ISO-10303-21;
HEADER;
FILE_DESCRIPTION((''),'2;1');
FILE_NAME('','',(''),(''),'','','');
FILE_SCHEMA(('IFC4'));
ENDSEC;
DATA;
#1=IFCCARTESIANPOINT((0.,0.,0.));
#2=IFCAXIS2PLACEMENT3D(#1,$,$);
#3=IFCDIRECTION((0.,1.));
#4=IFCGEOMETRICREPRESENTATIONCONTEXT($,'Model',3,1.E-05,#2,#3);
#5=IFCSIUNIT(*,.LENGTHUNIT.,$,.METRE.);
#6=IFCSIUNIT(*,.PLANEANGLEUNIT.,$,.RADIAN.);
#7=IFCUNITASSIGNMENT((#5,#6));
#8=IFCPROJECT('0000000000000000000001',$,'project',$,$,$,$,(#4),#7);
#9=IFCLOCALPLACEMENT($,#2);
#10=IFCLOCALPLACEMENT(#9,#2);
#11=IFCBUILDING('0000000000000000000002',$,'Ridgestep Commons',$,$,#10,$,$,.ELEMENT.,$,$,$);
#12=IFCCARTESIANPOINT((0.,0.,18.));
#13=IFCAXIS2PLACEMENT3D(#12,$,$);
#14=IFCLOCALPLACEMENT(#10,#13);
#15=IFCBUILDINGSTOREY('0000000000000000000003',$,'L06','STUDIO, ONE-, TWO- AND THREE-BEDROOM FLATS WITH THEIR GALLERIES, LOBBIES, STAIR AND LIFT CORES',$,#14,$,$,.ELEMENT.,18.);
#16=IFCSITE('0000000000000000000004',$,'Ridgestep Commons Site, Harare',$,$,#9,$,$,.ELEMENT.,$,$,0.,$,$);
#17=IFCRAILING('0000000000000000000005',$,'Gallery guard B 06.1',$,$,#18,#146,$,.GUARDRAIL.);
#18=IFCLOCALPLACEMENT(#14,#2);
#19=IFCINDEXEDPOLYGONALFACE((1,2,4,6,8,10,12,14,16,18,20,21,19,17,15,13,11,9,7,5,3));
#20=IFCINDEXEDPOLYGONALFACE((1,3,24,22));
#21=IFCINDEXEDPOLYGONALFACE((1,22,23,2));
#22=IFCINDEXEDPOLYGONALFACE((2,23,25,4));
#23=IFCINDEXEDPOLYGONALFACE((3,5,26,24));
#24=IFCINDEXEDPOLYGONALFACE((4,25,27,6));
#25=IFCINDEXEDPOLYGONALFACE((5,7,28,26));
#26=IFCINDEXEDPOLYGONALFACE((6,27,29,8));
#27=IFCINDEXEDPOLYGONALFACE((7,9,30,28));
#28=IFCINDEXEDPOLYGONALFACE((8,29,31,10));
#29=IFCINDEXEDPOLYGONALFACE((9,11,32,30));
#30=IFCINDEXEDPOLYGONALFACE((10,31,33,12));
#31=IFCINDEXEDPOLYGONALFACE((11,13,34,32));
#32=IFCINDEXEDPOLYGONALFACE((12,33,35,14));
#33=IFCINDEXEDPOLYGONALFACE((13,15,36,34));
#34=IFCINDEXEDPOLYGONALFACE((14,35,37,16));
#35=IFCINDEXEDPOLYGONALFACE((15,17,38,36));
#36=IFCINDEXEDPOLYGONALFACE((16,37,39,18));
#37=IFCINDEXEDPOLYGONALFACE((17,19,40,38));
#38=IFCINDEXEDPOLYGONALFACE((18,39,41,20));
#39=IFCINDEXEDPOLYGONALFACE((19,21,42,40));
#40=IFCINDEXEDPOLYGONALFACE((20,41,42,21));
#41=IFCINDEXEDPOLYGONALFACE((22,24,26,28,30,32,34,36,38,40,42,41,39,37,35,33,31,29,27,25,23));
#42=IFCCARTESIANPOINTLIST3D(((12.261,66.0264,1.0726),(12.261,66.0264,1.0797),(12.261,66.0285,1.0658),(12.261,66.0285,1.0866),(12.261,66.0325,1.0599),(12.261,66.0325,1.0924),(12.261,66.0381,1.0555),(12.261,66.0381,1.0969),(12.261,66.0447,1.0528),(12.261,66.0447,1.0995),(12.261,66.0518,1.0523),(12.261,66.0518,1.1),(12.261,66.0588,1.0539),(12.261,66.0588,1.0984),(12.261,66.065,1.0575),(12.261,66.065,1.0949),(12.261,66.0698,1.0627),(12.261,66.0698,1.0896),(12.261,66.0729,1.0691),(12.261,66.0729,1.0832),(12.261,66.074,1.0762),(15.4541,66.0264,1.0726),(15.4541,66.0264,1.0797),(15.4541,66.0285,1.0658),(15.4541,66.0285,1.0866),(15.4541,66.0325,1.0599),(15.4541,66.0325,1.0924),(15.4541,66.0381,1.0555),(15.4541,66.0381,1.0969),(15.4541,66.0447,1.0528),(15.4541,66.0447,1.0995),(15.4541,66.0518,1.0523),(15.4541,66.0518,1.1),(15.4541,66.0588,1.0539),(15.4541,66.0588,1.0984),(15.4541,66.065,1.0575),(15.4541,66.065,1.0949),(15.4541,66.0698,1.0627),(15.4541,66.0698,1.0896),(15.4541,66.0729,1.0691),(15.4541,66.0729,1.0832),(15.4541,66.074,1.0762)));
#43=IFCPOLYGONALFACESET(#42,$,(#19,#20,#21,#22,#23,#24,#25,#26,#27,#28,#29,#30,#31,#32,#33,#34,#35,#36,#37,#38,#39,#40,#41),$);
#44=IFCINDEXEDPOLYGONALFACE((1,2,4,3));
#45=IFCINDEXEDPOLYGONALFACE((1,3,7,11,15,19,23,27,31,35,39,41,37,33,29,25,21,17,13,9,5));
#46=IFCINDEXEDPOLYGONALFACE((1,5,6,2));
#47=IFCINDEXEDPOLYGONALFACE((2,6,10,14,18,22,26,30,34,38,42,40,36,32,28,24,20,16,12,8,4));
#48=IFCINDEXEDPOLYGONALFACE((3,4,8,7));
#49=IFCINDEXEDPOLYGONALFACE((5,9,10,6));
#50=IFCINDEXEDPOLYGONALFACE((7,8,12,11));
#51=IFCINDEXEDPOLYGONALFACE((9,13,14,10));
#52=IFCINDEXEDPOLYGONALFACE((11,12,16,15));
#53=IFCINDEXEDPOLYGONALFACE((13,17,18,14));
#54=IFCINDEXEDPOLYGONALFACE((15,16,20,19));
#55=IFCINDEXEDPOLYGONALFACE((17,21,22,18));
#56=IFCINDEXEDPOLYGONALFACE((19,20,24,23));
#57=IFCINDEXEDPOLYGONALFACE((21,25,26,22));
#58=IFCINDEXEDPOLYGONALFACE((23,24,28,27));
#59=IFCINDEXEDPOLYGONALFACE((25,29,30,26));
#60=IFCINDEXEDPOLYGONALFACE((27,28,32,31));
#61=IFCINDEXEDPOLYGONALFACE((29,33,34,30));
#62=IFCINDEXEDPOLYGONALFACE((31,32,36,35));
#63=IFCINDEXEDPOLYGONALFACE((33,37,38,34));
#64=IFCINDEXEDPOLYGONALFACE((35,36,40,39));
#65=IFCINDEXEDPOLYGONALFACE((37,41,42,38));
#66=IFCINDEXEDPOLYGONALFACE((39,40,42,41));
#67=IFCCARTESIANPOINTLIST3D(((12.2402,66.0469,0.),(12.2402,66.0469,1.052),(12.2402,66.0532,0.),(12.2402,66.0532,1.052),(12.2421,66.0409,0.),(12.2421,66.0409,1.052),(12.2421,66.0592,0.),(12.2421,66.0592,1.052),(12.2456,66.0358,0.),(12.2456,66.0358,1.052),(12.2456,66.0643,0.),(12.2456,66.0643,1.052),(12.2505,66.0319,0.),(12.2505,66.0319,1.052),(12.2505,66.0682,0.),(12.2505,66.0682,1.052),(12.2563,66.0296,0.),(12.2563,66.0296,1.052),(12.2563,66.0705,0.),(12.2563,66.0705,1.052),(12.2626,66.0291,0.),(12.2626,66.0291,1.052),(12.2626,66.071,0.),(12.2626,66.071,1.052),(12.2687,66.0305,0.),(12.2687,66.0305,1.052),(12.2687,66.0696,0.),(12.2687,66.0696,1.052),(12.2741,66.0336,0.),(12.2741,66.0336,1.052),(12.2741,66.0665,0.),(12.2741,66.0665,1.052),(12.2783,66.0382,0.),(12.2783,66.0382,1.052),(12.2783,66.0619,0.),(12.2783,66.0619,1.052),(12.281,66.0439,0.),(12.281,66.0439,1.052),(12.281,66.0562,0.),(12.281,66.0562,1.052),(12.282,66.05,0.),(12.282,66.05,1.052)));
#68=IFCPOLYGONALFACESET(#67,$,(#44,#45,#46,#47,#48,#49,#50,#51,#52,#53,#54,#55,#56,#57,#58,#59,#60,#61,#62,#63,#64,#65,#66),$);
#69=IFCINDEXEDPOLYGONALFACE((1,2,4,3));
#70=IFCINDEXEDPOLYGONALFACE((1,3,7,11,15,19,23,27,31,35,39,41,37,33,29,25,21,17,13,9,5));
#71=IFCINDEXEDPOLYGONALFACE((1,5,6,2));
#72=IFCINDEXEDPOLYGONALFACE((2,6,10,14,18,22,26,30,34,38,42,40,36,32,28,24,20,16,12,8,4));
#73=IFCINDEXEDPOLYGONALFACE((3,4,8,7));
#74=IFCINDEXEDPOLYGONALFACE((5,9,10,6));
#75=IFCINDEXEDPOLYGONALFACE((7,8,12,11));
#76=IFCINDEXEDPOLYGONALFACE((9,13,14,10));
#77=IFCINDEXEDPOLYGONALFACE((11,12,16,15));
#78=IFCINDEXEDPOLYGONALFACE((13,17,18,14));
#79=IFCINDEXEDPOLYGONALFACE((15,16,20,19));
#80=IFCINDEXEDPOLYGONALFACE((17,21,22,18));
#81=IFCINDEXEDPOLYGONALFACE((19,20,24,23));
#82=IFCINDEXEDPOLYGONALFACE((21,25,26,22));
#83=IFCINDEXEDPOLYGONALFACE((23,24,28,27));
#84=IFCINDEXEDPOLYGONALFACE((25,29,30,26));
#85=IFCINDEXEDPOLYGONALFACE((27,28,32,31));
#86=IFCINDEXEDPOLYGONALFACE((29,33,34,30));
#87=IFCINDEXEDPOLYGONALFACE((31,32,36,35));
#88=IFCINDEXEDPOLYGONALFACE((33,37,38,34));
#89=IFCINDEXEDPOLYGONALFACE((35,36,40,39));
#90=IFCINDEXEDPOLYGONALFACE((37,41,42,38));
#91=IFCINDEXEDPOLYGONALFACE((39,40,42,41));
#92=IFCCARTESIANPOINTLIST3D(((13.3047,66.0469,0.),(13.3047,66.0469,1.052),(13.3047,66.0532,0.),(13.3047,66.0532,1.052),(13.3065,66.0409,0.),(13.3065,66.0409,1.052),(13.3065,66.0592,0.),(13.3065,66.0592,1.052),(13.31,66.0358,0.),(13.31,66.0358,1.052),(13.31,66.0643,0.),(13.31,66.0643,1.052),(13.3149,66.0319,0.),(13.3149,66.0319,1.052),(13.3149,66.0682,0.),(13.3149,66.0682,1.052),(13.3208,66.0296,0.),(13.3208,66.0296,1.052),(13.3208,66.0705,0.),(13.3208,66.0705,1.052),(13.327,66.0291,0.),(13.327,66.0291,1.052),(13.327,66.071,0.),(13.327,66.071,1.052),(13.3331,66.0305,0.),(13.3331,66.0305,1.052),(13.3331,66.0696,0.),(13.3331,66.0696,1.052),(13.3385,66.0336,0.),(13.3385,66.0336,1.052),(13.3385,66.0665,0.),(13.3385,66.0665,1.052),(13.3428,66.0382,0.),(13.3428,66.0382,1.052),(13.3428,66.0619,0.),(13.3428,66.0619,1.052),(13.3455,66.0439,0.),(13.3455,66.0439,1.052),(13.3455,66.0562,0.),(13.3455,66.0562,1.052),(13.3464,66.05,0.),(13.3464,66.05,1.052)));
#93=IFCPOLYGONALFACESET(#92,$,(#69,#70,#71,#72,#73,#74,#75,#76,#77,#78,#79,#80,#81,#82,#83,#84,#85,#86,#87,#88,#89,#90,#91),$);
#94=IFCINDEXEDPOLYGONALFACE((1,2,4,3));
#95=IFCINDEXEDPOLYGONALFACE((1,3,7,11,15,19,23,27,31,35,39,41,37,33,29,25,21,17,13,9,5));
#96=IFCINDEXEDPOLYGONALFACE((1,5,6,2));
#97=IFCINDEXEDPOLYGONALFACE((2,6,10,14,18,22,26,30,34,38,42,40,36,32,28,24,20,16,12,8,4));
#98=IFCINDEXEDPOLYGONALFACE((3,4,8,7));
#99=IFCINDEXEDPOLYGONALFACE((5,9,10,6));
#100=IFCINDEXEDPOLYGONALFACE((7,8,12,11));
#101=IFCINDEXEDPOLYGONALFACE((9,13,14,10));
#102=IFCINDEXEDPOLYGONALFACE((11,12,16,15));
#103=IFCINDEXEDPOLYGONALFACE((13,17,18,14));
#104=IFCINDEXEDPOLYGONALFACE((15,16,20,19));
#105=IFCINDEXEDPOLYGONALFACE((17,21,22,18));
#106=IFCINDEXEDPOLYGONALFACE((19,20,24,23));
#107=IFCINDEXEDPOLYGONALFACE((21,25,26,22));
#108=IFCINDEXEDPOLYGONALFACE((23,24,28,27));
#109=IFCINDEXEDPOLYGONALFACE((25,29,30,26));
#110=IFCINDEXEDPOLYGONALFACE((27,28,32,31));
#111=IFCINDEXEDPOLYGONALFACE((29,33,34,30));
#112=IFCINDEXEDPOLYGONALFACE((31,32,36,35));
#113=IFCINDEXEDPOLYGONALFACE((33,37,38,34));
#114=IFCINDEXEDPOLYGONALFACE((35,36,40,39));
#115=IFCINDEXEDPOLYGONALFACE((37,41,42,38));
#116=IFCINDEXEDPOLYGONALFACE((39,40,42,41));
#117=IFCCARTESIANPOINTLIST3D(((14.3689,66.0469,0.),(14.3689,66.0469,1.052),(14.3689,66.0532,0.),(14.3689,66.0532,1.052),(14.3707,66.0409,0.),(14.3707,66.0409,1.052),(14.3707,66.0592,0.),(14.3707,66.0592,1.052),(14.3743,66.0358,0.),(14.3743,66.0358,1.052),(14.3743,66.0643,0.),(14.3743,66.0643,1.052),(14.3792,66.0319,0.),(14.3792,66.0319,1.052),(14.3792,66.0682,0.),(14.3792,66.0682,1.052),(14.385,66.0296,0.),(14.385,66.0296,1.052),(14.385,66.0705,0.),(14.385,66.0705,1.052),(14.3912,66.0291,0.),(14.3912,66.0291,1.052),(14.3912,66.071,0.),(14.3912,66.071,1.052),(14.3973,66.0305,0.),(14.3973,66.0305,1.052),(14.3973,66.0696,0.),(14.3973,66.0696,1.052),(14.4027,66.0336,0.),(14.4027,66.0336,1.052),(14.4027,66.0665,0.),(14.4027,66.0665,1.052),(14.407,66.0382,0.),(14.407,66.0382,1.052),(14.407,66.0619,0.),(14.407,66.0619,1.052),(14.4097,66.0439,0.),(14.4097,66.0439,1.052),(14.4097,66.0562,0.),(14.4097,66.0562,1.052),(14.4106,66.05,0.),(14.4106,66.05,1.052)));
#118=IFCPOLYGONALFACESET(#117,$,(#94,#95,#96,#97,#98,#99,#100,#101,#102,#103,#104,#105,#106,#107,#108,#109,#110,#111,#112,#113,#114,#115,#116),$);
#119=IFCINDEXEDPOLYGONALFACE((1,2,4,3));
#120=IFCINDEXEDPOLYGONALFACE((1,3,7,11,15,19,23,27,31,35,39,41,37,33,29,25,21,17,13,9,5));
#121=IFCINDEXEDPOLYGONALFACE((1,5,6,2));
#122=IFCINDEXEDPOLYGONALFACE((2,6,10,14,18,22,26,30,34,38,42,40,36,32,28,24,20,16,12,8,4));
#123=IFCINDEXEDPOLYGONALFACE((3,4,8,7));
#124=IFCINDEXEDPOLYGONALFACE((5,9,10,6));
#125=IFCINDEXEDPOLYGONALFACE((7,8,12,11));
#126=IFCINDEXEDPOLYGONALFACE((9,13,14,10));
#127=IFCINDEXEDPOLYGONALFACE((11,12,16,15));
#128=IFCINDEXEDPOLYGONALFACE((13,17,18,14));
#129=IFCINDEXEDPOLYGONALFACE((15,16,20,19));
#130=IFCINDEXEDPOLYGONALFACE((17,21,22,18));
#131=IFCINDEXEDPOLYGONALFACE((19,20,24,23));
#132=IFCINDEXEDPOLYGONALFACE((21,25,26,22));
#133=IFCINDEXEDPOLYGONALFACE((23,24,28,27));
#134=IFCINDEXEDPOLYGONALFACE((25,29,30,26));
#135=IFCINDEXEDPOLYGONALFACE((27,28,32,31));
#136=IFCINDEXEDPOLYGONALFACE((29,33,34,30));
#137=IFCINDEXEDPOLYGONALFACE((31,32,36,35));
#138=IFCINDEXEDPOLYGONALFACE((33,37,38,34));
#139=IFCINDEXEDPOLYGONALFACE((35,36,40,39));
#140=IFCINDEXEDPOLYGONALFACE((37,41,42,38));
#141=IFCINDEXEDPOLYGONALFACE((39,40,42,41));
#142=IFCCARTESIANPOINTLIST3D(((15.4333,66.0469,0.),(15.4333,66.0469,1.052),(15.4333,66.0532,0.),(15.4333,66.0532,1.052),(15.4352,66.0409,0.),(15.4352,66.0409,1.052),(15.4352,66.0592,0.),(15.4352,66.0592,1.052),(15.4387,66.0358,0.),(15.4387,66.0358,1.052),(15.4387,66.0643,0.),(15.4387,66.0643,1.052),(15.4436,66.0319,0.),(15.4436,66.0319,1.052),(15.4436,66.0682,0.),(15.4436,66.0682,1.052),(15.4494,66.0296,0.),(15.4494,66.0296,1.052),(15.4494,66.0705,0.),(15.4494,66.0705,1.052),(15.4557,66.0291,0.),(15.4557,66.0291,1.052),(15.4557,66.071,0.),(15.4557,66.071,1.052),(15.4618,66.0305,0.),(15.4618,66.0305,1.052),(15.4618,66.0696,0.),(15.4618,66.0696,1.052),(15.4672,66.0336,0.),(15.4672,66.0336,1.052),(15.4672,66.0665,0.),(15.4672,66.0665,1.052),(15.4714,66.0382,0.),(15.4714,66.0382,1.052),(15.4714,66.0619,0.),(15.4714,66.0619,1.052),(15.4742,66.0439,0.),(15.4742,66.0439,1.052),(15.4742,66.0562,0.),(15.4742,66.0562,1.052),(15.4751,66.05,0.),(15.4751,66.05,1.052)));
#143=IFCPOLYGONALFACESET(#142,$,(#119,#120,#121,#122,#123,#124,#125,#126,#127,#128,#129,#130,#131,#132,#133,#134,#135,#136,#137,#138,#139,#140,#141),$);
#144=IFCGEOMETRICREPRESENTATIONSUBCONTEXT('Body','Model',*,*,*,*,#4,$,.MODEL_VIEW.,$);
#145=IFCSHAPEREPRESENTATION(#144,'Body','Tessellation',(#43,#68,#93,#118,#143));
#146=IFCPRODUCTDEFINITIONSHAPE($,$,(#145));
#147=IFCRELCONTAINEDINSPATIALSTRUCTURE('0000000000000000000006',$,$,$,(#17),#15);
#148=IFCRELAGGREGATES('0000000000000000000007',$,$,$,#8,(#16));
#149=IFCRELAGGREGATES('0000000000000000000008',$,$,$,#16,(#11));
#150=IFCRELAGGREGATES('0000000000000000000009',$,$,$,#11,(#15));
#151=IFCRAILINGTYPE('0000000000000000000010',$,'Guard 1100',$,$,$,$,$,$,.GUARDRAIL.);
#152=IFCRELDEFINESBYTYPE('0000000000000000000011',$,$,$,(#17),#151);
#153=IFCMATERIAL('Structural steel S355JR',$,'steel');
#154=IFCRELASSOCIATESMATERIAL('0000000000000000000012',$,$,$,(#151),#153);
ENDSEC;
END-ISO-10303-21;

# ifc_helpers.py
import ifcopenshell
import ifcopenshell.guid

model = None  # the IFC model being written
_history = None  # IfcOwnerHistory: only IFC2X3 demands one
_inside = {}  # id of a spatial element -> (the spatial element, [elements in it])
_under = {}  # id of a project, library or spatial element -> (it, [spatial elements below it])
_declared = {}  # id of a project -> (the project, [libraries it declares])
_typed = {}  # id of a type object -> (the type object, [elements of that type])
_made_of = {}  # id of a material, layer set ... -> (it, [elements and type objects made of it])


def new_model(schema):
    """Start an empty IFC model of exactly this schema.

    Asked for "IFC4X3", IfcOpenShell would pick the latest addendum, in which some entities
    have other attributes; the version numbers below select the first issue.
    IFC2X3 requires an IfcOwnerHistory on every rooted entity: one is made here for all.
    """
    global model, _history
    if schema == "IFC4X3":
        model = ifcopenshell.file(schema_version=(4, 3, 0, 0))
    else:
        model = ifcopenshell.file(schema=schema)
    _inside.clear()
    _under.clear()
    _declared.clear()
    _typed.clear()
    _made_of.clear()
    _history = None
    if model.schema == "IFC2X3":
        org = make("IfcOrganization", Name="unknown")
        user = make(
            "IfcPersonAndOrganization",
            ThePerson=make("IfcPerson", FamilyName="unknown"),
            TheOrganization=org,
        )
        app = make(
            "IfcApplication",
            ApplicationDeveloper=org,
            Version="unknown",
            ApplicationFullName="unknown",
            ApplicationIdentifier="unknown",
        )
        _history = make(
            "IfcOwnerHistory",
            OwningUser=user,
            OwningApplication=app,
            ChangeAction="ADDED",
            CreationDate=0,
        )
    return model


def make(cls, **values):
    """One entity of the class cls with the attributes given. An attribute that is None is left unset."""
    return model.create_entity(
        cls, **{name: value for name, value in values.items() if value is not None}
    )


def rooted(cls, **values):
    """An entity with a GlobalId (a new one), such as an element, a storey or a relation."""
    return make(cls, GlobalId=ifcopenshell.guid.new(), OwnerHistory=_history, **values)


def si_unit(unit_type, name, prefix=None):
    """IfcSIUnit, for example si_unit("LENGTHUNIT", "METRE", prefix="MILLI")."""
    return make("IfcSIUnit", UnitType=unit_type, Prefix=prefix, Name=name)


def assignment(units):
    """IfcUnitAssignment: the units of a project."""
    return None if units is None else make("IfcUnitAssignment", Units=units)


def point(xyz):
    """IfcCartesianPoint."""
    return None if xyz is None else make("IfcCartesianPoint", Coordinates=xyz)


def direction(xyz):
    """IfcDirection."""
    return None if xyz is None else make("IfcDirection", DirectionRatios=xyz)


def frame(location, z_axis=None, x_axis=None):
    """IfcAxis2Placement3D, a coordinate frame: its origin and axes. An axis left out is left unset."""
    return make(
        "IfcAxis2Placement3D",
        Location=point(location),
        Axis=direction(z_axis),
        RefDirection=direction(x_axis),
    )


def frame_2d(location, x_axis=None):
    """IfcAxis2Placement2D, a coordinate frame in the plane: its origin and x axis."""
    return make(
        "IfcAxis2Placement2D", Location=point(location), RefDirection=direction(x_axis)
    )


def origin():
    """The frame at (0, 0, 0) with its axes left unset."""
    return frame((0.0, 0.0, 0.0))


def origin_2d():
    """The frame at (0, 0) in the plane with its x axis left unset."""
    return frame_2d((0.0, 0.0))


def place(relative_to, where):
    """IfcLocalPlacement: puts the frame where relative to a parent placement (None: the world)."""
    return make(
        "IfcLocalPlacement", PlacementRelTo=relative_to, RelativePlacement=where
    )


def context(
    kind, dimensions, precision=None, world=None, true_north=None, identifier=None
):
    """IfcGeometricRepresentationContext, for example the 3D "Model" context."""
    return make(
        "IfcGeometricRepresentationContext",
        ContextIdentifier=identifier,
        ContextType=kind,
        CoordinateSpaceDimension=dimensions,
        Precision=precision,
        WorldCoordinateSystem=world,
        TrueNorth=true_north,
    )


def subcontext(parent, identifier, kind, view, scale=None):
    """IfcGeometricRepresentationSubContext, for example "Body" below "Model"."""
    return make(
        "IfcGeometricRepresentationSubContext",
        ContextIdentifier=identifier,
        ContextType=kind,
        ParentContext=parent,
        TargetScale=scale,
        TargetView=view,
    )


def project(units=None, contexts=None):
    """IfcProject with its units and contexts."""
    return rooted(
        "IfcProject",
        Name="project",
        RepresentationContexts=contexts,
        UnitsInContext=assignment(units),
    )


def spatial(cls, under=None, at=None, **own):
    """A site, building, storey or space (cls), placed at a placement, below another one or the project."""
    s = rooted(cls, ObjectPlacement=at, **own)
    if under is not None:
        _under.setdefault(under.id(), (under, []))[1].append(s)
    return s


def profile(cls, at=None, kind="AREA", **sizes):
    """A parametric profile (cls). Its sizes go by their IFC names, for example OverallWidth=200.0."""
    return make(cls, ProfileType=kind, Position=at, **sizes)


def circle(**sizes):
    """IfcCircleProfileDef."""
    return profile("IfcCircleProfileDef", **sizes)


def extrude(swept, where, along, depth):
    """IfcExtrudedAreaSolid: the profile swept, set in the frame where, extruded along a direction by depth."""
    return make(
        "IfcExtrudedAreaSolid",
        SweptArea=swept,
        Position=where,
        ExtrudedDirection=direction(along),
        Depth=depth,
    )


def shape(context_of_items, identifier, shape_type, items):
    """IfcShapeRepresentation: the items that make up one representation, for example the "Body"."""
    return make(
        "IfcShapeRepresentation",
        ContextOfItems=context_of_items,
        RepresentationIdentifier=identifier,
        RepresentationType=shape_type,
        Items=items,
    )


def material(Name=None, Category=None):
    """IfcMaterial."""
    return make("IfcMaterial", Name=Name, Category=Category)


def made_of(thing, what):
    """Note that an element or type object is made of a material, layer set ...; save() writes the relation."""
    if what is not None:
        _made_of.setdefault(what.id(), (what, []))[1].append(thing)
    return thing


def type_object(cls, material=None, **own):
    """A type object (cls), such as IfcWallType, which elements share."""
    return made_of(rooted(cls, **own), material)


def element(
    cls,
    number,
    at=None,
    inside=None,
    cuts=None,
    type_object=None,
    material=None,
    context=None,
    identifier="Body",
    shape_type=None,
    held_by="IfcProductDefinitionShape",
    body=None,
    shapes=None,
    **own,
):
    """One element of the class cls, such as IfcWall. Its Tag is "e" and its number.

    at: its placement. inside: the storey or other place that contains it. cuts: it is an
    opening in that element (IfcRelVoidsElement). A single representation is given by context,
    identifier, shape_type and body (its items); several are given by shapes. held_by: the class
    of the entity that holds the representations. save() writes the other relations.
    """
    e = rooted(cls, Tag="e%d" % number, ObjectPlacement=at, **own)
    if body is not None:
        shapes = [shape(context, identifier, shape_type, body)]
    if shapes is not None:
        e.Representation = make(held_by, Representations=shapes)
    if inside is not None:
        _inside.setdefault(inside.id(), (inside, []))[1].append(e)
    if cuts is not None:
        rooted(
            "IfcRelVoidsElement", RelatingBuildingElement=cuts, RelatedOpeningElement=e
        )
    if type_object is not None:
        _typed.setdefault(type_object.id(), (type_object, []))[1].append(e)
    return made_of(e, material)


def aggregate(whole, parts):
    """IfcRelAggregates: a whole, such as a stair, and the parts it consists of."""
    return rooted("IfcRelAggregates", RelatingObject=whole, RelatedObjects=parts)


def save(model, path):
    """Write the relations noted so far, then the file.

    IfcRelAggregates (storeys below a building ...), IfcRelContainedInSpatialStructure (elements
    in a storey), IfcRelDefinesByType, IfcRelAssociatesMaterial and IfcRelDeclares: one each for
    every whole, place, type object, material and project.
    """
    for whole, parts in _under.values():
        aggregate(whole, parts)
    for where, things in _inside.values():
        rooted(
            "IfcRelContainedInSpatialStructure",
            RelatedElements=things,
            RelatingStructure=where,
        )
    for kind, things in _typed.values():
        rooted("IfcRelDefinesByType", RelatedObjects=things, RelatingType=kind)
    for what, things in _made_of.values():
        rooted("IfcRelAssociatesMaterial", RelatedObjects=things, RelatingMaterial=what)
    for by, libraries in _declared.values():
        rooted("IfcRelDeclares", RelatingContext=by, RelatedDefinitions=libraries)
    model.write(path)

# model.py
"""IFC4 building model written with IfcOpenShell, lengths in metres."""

from ifc_helpers import new_model, si_unit, direction, frame, origin, origin_2d, place, context, subcontext, project, spatial, circle, extrude, material, type_object, element, save


model = new_model("IFC4")

# Units and contexts
model_context = context("Model", 3, precision=1e-05, world=origin(), true_north=direction((0.0, 1.0)))
body_context = subcontext(model_context, "Body", "Model", "MODEL_VIEW")
ifc_project = project(units=[si_unit("LENGTHUNIT", "METRE"), si_unit("PLANEANGLEUNIT", "RADIAN")], contexts=[model_context])

# Site, building, storey
site_placement = place(None, origin())
site = spatial("IfcSite", under=ifc_project, at=site_placement, Name="Ridgestep Commons Site, Harare", CompositionType="ELEMENT", RefElevation=0.0)
building_placement = place(site_placement, origin())
building = spatial("IfcBuilding", under=site, at=building_placement, Name="Ridgestep Commons", CompositionType="ELEMENT")
storey_placement = place(building_placement, frame((0.0, 0.0, 18.0)))
storey = spatial("IfcBuildingStorey", under=building, at=storey_placement, Name="L06", Description="STUDIO, ONE-, TWO- AND THREE-BEDROOM FLATS WITH THEIR GALLERIES, LOBBIES, STAIR AND LIFT CORES", CompositionType="ELEMENT", Elevation=18.0)

# Railing
ifc_material_1 = material(Name="Structural steel S355JR", Category="steel")
railing_type = type_object("IfcRailingType", Name="Guard 1100", PredefinedType="GUARDRAIL", material=ifc_material_1)
railing_1_placement = place(storey_placement, frame((12.261, 66.05, 0.0)))
element("IfcRailing", 1, at=railing_1_placement, inside=storey, type_object=railing_type, Name="Gallery guard B 06.1", PredefinedType="GUARDRAIL", context=body_context, shape_type="SweptSolid", body=[
    extrude(circle(Radius=0.0239, at=origin_2d()), frame((0.0, 0.0, 1.0762), z_axis=(1.0, 0.0, 0.0), x_axis=(0.0, 1.0, 0.0)), (0.0, 0.0, 1.0), 3.1931),
    extrude(circle(Radius=0.021, at=origin_2d()), origin(), (0.0, 0.0, 1.0), 1.052),
    extrude(circle(Radius=0.021, at=origin_2d()), frame((1.0645, 0.0, 0.0)), (0.0, 0.0, 1.0), 1.052),
    extrude(circle(Radius=0.021, at=origin_2d()), frame((2.1287, 0.0, 0.0)), (0.0, 0.0, 1.0), 1.052),
    extrude(circle(Radius=0.021, at=origin_2d()), frame((3.1931, 0.0, 0.0)), (0.0, 0.0, 1.0), 1.052),
])

save(model, "model.ifc")
